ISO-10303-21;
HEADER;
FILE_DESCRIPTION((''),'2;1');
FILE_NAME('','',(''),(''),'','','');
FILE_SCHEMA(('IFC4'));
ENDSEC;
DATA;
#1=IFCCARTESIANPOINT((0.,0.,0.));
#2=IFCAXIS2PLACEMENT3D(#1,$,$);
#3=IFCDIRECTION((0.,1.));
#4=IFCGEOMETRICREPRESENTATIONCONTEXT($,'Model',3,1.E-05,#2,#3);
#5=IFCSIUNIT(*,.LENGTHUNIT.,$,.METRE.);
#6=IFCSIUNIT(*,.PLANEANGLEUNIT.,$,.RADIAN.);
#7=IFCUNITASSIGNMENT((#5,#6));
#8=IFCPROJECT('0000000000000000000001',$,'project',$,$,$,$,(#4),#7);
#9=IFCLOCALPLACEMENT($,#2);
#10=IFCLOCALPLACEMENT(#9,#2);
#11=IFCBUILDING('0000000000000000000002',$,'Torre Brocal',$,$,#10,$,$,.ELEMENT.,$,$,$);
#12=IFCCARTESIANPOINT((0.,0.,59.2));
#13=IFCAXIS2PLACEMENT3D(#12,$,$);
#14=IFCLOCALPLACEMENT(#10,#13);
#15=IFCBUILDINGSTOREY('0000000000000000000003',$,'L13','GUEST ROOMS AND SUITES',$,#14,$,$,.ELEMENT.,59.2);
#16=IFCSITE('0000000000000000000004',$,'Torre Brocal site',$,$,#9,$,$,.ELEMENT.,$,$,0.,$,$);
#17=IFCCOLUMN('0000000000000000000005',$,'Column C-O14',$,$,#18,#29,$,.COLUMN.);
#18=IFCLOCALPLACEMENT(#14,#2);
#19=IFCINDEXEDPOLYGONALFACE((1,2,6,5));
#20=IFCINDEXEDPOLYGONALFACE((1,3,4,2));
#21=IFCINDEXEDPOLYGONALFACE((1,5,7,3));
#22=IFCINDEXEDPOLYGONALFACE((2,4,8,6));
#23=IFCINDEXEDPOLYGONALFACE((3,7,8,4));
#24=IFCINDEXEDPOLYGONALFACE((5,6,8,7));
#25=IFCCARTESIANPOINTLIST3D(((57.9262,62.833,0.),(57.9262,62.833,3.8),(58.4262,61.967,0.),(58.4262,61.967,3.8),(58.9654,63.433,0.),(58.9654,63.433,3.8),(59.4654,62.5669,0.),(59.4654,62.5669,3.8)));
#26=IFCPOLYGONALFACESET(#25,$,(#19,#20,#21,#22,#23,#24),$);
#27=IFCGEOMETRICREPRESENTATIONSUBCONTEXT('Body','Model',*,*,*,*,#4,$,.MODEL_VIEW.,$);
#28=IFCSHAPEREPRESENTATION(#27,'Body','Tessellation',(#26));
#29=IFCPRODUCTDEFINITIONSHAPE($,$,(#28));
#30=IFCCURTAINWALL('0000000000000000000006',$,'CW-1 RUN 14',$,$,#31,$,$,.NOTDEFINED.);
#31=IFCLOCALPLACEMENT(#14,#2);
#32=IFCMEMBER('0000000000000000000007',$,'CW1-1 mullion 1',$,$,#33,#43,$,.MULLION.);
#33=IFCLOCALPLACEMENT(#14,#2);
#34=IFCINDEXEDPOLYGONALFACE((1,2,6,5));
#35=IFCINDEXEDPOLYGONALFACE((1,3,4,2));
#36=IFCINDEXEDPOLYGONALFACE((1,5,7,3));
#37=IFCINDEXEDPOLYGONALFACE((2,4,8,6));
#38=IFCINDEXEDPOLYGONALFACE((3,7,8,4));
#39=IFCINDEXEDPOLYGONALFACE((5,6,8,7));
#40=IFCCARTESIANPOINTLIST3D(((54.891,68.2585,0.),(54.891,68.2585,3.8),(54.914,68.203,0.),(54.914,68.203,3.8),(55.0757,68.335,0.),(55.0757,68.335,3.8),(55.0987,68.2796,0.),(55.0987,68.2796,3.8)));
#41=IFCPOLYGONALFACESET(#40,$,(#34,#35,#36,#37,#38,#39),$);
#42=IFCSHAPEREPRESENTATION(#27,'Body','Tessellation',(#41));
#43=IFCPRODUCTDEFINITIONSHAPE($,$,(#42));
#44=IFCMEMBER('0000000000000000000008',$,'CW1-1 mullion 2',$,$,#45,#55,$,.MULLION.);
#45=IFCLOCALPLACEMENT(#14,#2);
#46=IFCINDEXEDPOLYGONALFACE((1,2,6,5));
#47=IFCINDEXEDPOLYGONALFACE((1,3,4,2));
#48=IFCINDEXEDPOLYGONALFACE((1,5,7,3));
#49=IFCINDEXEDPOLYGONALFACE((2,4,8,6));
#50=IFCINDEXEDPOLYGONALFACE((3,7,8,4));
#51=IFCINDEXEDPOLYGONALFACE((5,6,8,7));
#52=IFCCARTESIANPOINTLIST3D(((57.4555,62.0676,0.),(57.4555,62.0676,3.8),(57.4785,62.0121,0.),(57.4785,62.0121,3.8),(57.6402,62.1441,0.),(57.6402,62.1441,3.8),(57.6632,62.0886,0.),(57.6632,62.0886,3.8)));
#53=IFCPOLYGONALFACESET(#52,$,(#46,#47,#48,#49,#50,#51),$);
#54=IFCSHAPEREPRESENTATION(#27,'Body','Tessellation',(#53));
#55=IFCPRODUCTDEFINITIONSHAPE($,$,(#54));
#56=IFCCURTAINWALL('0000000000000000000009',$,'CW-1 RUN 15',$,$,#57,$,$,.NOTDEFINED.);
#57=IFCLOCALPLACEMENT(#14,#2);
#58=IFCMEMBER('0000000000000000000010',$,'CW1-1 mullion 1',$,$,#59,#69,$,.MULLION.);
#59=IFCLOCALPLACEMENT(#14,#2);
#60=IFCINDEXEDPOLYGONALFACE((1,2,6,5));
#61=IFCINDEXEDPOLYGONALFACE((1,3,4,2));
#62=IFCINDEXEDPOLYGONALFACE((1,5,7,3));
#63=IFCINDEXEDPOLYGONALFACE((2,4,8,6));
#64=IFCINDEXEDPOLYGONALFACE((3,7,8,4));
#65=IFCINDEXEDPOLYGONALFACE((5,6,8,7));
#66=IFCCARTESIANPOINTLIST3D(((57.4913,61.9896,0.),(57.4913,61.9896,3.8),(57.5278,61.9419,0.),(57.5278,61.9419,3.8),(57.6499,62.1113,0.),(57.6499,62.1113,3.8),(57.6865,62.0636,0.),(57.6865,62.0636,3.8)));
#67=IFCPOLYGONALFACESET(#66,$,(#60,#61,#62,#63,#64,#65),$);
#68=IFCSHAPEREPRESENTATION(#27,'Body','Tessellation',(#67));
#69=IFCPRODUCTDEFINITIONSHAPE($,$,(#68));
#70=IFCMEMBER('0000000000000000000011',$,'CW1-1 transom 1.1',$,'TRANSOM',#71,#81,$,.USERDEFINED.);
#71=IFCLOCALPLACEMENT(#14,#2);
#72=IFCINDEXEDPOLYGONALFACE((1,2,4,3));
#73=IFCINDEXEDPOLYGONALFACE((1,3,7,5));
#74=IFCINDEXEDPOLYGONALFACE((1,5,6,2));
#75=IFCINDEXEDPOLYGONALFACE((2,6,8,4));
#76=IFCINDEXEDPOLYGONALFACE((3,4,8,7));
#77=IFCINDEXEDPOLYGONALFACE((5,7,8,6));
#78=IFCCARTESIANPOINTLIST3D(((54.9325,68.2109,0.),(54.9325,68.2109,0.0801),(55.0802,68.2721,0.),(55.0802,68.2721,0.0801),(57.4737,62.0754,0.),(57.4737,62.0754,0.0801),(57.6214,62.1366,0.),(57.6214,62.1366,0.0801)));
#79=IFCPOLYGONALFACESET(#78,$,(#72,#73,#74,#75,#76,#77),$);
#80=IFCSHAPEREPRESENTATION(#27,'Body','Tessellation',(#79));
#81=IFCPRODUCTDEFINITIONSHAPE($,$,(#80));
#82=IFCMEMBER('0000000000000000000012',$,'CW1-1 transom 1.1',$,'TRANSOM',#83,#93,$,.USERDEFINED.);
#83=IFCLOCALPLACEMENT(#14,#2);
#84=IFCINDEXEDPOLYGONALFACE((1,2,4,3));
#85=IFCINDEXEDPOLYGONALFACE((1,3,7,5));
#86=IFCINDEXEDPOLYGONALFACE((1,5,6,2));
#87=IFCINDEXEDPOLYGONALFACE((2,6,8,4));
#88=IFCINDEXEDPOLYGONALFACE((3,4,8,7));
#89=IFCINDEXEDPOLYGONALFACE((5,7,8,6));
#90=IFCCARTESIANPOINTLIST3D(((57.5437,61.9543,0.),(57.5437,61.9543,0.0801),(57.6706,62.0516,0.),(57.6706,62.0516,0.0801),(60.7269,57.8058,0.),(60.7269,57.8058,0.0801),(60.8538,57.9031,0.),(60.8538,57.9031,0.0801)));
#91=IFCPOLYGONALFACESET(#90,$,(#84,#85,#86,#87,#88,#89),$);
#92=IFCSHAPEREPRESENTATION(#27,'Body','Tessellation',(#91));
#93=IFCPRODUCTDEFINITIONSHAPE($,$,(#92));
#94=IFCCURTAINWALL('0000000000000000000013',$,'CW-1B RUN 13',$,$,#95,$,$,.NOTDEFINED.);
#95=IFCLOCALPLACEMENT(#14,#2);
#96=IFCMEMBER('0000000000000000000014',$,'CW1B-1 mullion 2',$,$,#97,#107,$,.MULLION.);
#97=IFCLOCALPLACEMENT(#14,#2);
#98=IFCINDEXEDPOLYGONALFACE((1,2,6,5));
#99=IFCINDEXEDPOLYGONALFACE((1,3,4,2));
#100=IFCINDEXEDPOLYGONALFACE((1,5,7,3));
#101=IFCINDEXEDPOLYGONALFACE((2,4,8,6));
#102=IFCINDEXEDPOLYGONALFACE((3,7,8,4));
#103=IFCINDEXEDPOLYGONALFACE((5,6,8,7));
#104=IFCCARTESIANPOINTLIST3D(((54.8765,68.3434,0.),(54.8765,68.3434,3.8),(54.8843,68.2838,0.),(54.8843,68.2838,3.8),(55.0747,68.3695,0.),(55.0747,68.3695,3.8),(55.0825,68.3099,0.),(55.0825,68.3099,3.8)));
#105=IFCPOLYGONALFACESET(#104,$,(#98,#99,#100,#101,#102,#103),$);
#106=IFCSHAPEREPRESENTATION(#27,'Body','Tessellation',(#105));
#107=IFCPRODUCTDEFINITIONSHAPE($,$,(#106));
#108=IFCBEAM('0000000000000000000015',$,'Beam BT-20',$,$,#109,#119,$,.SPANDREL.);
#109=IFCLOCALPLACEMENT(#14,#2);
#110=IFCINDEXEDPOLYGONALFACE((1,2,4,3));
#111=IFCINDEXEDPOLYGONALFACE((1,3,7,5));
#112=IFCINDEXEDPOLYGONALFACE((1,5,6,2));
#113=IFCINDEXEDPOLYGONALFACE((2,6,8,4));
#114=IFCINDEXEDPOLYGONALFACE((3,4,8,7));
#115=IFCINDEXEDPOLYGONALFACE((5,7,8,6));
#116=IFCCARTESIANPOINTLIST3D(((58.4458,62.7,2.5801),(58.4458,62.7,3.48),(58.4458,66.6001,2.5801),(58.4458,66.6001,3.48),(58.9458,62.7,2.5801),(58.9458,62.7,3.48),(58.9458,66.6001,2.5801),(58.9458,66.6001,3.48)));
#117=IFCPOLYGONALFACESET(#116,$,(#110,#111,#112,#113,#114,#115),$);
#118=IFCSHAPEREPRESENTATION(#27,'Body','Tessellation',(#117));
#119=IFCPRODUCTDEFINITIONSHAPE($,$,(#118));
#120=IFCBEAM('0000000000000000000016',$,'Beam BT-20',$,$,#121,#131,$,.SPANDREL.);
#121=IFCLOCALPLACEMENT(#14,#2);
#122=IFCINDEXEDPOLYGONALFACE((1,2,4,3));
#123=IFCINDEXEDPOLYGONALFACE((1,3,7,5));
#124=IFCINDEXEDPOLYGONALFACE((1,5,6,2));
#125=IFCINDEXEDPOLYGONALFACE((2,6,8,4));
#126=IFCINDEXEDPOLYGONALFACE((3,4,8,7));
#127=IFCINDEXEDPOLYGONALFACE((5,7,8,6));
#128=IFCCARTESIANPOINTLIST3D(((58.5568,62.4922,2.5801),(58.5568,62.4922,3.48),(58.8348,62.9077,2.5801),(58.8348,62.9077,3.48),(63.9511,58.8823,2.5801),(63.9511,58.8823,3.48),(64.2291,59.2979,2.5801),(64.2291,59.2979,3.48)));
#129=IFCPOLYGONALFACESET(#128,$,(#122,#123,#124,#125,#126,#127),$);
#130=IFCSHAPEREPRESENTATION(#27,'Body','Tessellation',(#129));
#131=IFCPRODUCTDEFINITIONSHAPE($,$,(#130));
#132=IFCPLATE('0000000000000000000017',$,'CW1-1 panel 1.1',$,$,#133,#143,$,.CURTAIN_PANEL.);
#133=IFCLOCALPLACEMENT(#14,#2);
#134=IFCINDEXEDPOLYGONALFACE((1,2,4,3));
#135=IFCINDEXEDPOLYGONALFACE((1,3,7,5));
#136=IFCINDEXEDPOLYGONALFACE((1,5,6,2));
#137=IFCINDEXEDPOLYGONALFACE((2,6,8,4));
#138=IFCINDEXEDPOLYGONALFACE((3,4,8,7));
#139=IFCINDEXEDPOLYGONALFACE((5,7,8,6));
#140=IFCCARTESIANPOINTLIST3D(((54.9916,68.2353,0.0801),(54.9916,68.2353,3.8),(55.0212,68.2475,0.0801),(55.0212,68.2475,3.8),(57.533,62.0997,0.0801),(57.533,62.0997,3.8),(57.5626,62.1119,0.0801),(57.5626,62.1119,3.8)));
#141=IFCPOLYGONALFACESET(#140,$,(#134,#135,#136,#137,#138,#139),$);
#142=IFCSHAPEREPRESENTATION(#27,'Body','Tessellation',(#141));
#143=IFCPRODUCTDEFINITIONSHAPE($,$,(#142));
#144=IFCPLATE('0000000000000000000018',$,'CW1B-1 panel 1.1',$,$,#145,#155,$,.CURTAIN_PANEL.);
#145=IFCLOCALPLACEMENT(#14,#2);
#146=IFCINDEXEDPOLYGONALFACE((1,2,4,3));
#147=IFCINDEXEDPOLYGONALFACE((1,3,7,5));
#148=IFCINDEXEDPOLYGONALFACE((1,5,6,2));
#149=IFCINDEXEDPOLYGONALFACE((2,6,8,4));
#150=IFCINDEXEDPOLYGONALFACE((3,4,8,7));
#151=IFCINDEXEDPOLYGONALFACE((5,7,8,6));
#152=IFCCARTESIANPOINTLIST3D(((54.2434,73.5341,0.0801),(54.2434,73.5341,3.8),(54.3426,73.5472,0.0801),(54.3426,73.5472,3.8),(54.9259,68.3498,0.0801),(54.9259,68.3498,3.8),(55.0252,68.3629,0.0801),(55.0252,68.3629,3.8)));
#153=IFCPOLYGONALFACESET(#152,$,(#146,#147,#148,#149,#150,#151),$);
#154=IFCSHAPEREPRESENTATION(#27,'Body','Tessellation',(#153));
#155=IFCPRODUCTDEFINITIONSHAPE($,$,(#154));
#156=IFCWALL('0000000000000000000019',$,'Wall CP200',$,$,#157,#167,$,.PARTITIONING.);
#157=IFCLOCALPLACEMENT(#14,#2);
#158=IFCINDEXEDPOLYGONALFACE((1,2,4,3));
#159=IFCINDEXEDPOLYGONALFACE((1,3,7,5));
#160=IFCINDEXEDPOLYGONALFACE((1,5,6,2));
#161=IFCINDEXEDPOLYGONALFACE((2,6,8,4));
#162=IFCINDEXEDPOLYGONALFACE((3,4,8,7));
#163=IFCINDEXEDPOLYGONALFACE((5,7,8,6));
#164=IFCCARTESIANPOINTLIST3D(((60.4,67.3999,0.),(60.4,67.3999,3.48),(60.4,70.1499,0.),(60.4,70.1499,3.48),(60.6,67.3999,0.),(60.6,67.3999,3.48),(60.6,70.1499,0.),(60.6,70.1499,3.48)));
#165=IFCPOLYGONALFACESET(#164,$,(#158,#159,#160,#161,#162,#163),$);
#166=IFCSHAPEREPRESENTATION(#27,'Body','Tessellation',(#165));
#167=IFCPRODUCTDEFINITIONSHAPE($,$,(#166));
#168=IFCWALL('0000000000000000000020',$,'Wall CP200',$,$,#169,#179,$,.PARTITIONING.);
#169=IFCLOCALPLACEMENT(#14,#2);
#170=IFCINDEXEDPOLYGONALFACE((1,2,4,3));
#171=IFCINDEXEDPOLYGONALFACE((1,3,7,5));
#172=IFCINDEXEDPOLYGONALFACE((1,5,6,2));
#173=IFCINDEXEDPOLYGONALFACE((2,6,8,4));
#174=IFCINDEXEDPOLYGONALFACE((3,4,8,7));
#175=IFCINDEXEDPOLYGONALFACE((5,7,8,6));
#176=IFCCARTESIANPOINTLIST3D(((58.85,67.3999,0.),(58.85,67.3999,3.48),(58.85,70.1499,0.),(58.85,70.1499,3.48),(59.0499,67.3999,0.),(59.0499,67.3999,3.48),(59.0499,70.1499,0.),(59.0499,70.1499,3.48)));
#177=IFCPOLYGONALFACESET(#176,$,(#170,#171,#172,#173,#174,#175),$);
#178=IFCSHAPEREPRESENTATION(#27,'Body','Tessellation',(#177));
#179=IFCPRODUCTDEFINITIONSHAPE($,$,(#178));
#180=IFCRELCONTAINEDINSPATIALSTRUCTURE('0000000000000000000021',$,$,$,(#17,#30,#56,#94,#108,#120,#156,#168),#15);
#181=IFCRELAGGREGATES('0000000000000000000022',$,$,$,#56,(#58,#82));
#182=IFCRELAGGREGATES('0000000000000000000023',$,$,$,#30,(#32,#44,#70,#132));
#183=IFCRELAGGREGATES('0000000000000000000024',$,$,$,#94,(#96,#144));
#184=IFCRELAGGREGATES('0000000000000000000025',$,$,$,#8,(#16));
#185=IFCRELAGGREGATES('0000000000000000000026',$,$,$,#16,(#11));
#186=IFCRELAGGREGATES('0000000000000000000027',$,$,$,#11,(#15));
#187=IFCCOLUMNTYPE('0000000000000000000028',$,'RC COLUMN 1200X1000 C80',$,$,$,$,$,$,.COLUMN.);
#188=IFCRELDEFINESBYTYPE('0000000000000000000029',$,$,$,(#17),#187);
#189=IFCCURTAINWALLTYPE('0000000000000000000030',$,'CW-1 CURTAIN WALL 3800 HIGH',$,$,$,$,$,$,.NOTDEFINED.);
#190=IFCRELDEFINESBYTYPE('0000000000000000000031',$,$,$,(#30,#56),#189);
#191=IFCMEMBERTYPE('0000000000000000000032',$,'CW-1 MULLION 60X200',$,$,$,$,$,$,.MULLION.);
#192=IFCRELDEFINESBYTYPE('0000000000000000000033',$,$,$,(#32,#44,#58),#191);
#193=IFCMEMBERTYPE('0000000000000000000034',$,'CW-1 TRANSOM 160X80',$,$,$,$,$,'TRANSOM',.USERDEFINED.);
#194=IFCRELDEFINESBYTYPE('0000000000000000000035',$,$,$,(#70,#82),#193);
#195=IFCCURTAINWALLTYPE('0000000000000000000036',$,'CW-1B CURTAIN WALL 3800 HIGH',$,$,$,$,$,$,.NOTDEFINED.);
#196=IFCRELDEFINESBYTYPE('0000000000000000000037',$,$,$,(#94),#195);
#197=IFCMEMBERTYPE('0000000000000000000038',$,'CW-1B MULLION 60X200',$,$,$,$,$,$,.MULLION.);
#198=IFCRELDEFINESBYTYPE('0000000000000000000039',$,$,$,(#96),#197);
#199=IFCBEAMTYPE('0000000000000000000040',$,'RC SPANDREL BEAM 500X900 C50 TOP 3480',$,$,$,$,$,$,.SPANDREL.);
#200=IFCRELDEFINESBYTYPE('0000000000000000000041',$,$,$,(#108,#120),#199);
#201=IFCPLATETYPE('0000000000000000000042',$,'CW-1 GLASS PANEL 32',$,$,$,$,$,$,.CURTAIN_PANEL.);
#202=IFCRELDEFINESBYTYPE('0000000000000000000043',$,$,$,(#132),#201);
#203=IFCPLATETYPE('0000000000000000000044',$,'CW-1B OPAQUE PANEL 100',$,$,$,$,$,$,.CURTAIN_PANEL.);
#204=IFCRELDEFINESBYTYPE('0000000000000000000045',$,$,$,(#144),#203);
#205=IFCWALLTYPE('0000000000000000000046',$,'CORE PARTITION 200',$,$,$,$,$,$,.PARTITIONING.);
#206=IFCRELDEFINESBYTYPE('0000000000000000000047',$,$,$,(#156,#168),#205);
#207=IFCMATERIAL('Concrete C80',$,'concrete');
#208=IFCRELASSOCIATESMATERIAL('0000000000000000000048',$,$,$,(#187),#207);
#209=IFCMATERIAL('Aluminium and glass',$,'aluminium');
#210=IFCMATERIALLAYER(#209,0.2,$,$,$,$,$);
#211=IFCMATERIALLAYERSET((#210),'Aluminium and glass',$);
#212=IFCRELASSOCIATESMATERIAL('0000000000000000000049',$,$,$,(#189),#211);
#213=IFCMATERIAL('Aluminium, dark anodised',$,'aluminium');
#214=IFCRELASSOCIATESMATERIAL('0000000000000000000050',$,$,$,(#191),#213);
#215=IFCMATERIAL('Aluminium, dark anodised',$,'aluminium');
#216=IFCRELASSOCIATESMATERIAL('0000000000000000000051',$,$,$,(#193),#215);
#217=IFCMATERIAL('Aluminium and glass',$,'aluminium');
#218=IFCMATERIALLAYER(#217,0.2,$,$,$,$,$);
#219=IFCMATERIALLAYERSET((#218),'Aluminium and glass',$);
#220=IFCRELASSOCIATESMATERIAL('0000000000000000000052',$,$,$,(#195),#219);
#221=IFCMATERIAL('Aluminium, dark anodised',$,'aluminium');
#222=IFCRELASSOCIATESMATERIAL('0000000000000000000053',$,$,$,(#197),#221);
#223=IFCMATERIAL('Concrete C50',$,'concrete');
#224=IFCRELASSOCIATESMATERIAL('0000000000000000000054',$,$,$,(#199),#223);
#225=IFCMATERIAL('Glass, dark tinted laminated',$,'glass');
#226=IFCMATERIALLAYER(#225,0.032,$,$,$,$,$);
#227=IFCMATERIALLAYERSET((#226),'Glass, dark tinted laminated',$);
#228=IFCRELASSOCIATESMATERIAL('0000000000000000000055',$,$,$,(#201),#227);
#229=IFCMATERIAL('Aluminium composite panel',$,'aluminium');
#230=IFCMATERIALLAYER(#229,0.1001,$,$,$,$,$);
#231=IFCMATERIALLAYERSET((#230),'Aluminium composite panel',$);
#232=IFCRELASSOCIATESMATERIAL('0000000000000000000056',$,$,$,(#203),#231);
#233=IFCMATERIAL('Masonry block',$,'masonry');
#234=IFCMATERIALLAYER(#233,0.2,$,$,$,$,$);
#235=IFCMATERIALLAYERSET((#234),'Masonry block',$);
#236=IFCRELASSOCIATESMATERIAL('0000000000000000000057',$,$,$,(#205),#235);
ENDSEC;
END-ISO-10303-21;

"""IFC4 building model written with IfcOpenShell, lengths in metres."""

from ifc_helpers import new_model, si_unit, direction, frame, frame_2d, origin, origin_2d, place, context, subcontext, project, spatial, rectangle, extrude, material, layer, layer_set, material_profile, profile_set, type_object, element, aggregate, save


model = new_model("IFC4")

# Units and contexts
model_context = context("Model", 3, precision=1e-05, world=origin(), true_north=direction((0.0, 1.0)))
body_context = subcontext(model_context, "Body", "Model", "MODEL_VIEW")
ifc_project = project(units=[si_unit("LENGTHUNIT", "METRE"), si_unit("PLANEANGLEUNIT", "RADIAN")], contexts=[model_context])

# Site, building, storey
site_placement = place(None, origin())
site = spatial("IfcSite", under=ifc_project, at=site_placement, Name="Torre Brocal site", CompositionType="ELEMENT", RefElevation=0.0)
building_placement = place(site_placement, origin())
building = spatial("IfcBuilding", under=site, at=building_placement, Name="Torre Brocal", CompositionType="ELEMENT")
storey_placement = place(building_placement, frame((0.0, 0.0, 59.2)))
storey = spatial("IfcBuildingStorey", under=building, at=storey_placement, Name="L13", Description="GUEST ROOMS AND SUITES", CompositionType="ELEMENT", Elevation=59.2)

# Column
ifc_material_1 = material(Name="Concrete C80", Category="concrete")
ifc_material_profile_1 = material_profile(ifc_material_1, rectangle(XDim=1.2, YDim=1.0, at=origin_2d()), Name="RC 1200X1000")
ifc_profile_set_1 = profile_set([ifc_material_profile_1], Name="Concrete C80")
column_type = type_object("IfcColumnType", Name="RC COLUMN 1200X1000 C80", PredefinedType="COLUMN", material=ifc_profile_set_1)
column_placement = place(storey_placement, frame((58.6958, 62.7, 0.0), z_axis=(0.0, 0.0, 1.0), x_axis=(-0.866025, -0.5, 0.0)))
element("IfcColumn", 1, at=column_placement, inside=storey, type_object=column_type, Name="Column C-O14", PredefinedType="COLUMN", context=body_context, shape_type="SweptSolid", body=[
    extrude(rectangle(XDim=1.2, YDim=1.0, at=origin_2d()), origin(), (0.0, 0.0, 1.0), 3.8),
])

# Curtain wall, members
ifc_material_2 = material(Name="Aluminium and glass", Category="aluminium")
ifc_layer_1 = layer(ifc_material_2, 0.2)
ifc_layer_set_1 = layer_set([ifc_layer_1], Name="Aluminium and glass")
curtain_wall_type_1 = type_object("IfcCurtainWallType", Name="CW-1 CURTAIN WALL 3800 HIGH", PredefinedType="NOTDEFINED", material=ifc_layer_set_1)
curtain_wall_1_placement = place(storey_placement, origin())
curtain_wall_1 = element("IfcCurtainWall", 2, at=curtain_wall_1_placement, inside=storey, type_object=curtain_wall_type_1, Name="CW-1 RUN 14", PredefinedType="NOTDEFINED")
ifc_material_3 = material(Name="Aluminium, dark anodised", Category="aluminium")
ifc_material_profile_2 = material_profile(ifc_material_3, rectangle(XDim=0.2, YDim=0.0601, at=origin_2d()), Name="CW-1 MULLION 60X200")
ifc_profile_set_2 = profile_set([ifc_material_profile_2], Name="Aluminium, dark anodised")
member_type_1 = type_object("IfcMemberType", Name="CW-1 MULLION 60X200", PredefinedType="MULLION", material=ifc_profile_set_2)
member_1_placement = place(storey_placement, frame((54.9949, 68.269, 0.0), z_axis=(0.0, 0.0, 1.0), x_axis=(0.92388, 0.382683, 0.0)))
member_1 = element("IfcMember", 3, at=member_1_placement, type_object=member_type_1, Name="CW1-1 mullion 1", PredefinedType="MULLION", context=body_context, shape_type="SweptSolid", body=[
    extrude(rectangle(XDim=0.2, YDim=0.0601, at=origin_2d()), origin(), (0.0, 0.0, 1.0), 3.8),
])
member_2_placement = place(storey_placement, frame((57.5593, 62.0781, 0.0), z_axis=(0.0, 0.0, 1.0), x_axis=(0.92388, 0.382683, 0.0)))
member_2 = element("IfcMember", 4, at=member_2_placement, type_object=member_type_1, Name="CW1-1 mullion 2", PredefinedType="MULLION", context=body_context, shape_type="SweptSolid", body=[
    extrude(rectangle(XDim=0.2, YDim=0.0601, at=origin_2d()), origin(), (0.0, 0.0, 1.0), 3.8),
])

# Curtain wall, member
curtain_wall_2_placement = place(storey_placement, origin())
curtain_wall_2 = element("IfcCurtainWall", 5, at=curtain_wall_2_placement, inside=storey, type_object=curtain_wall_type_1, Name="CW-1 RUN 15", PredefinedType="NOTDEFINED")
member_3_placement = place(storey_placement, frame((57.5889, 62.0266, 0.0), z_axis=(0.0, 0.0, 1.0), x_axis=(0.793353, 0.608761, 0.0)))
member_3 = element("IfcMember", 6, at=member_3_placement, type_object=member_type_1, Name="CW1-1 mullion 1", PredefinedType="MULLION", context=body_context, shape_type="SweptSolid", body=[
    extrude(rectangle(XDim=0.2, YDim=0.0601, at=origin_2d()), origin(), (0.0, 0.0, 1.0), 3.8),
])

# Members
ifc_material_4 = material(Name="Aluminium, dark anodised", Category="aluminium")
ifc_material_profile_3 = material_profile(ifc_material_4, rectangle(XDim=0.1599, YDim=0.0801, at=origin_2d()), Name="CW-1 TRANSOM 160X80")
ifc_profile_set_3 = profile_set([ifc_material_profile_3], Name="Aluminium, dark anodised")
member_type_2 = type_object("IfcMemberType", Name="CW-1 TRANSOM 160X80", ElementType="TRANSOM", PredefinedType="USERDEFINED", material=ifc_profile_set_3)
member_4_placement = place(storey_placement, frame((55.0063, 68.2415, 0.04), z_axis=(0.382665, -0.923887, 0.0), x_axis=(0.923887, 0.382665, 0.0)))
member_4 = element("IfcMember", 7, at=member_4_placement, type_object=member_type_2, Name="CW1-1 transom 1.1", ObjectType="TRANSOM", PredefinedType="USERDEFINED", context=body_context, shape_type="SweptSolid", body=[
    extrude(rectangle(XDim=0.1599, YDim=0.0801, at=origin_2d()), origin(), (0.0, 0.0, 1.0), 6.6409),
])
member_5_placement = place(storey_placement, frame((57.6072, 62.0029, 0.04), z_axis=(0.608749, -0.793363, 0.0), x_axis=(0.793363, 0.608749, 0.0)))
member_5 = element("IfcMember", 8, at=member_5_placement, type_object=member_type_2, Name="CW1-1 transom 1.1", ObjectType="TRANSOM", PredefinedType="USERDEFINED", context=body_context, shape_type="SweptSolid", body=[
    extrude(rectangle(XDim=0.1599, YDim=0.0801, at=origin_2d()), origin(), (0.0, 0.0, 1.0), 5.229),
])
aggregate(curtain_wall_2, [member_3, member_5])

# Curtain wall, member
ifc_material_5 = material(Name="Aluminium and glass", Category="aluminium")
ifc_layer_2 = layer(ifc_material_5, 0.2)
ifc_layer_set_2 = layer_set([ifc_layer_2], Name="Aluminium and glass")
curtain_wall_type_2 = type_object("IfcCurtainWallType", Name="CW-1B CURTAIN WALL 3800 HIGH", PredefinedType="NOTDEFINED", material=ifc_layer_set_2)
curtain_wall_3_placement = place(storey_placement, origin())
curtain_wall_3 = element("IfcCurtainWall", 9, at=curtain_wall_3_placement, inside=storey, type_object=curtain_wall_type_2, Name="CW-1B RUN 13", PredefinedType="NOTDEFINED")
ifc_material_6 = material(Name="Aluminium, dark anodised", Category="aluminium")
ifc_material_profile_4 = material_profile(ifc_material_6, rectangle(XDim=0.2, YDim=0.0601, at=origin_2d()), Name="CW-1B MULLION 60X200")
ifc_profile_set_4 = profile_set([ifc_material_profile_4], Name="Aluminium, dark anodised")
member_type_3 = type_object("IfcMemberType", Name="CW-1B MULLION 60X200", PredefinedType="MULLION", material=ifc_profile_set_4)
member_6_placement = place(storey_placement, frame((54.9795, 68.3267, 0.0), z_axis=(0.0, 0.0, 1.0), x_axis=(0.991445, 0.130526, 0.0)))
member_6 = element("IfcMember", 10, at=member_6_placement, type_object=member_type_3, Name="CW1B-1 mullion 2", PredefinedType="MULLION", context=body_context, shape_type="SweptSolid", body=[
    extrude(rectangle(XDim=0.2, YDim=0.0601, at=origin_2d()), origin(), (0.0, 0.0, 1.0), 3.8),
])

# Beams
ifc_material_7 = material(Name="Concrete C50", Category="concrete")
ifc_material_profile_5 = material_profile(ifc_material_7, rectangle(XDim=0.5, YDim=0.8999, at=origin_2d()), Name="RC 500X900")
ifc_profile_set_5 = profile_set([ifc_material_profile_5], Name="Concrete C50")
beam_type = type_object("IfcBeamType", Name="RC SPANDREL BEAM 500X900 C50 TOP 3480", PredefinedType="SPANDREL", material=ifc_profile_set_5)
beam_1_placement = place(storey_placement, frame((58.6958, 62.7, 3.03), z_axis=(0.0, 1.0, 0.0), x_axis=(-1.0, 0.0, 0.0)))
element("IfcBeam", 11, at=beam_1_placement, inside=storey, type_object=beam_type, Name="Beam BT-20", PredefinedType="SPANDREL", context=body_context, shape_type="SweptSolid", body=[
    extrude(rectangle(XDim=0.5, YDim=0.8999, at=origin_2d()), origin(), (0.0, 0.0, 1.0), 3.9001),
])
beam_2_placement = place(storey_placement, frame((58.6958, 62.7, 3.03), z_axis=(0.831077, -0.556158, 0.0), x_axis=(0.556158, 0.831077, 0.0)))
element("IfcBeam", 12, at=beam_2_placement, inside=storey, type_object=beam_type, Name="Beam BT-20", PredefinedType="SPANDREL", context=body_context, shape_type="SweptSolid", body=[
    extrude(rectangle(XDim=0.5, YDim=0.8999, at=origin_2d()), origin(), (0.0, 0.0, 1.0), 6.4907),
])

# Plates
ifc_material_8 = material(Name="Glass, dark tinted laminated", Category="glass")
ifc_layer_3 = layer(ifc_material_8, 0.032)
ifc_layer_set_3 = layer_set([ifc_layer_3], Name="Glass, dark tinted laminated")
plate_type_1 = type_object("IfcPlateType", Name="CW-1 GLASS PANEL 32", PredefinedType="CURTAIN_PANEL", material=ifc_layer_set_3)
plate_1_placement = place(storey_placement, frame((56.2771, 65.1736, 0.0801), z_axis=(0.0, 0.0, 1.0), x_axis=(0.382683, -0.92388, 0.0)))
plate_1 = element("IfcPlate", 13, at=plate_1_placement, type_object=plate_type_1, Name="CW1-1 panel 1.1", PredefinedType="CURTAIN_PANEL", context=body_context, shape_type="SweptSolid", body=[
    extrude(rectangle(XDim=6.6411, YDim=0.032, at=origin_2d()), origin(), (0.0, 0.0, 1.0), 3.72),
])
aggregate(curtain_wall_1, [member_1, member_2, member_4, plate_1])
ifc_material_9 = material(Name="Aluminium composite panel", Category="aluminium")
ifc_layer_4 = layer(ifc_material_9, 0.1001)
ifc_layer_set_4 = layer_set([ifc_layer_4], Name="Aluminium composite panel")
plate_type_2 = type_object("IfcPlateType", Name="CW-1B OPAQUE PANEL 100", PredefinedType="CURTAIN_PANEL", material=ifc_layer_set_4)
plate_2_placement = place(storey_placement, frame((54.6343, 70.9485, 0.0801), z_axis=(0.0, 0.0, 1.0), x_axis=(0.130526, -0.991445, 0.0)))
plate_2 = element("IfcPlate", 14, at=plate_2_placement, type_object=plate_type_2, Name="CW1B-1 panel 1.1", PredefinedType="CURTAIN_PANEL", context=body_context, shape_type="SweptSolid", body=[
    extrude(rectangle(XDim=5.229, YDim=0.1001, at=origin_2d()), origin(), (0.0, 0.0, 1.0), 3.72),
])
aggregate(curtain_wall_3, [member_6, plate_2])

# Walls
ifc_material_10 = material(Name="Masonry block", Category="masonry")
ifc_layer_5 = layer(ifc_material_10, 0.2)
ifc_layer_set_5 = layer_set([ifc_layer_5], Name="Masonry block")
wall_type_1 = type_object("IfcWallType", Name="CORE PARTITION 200", PredefinedType="PARTITIONING", material=ifc_layer_set_5)
for number, where, z_axis, x_axis, name in (
    (15, (60.5, 70.1499, 0.0), (0.0, 0.0, 1.0), (0.0, -1.0, 0.0), "Wall CP200"),
    (16, (58.95, 70.1499, 0.0), (0.0, 0.0, 1.0), (0.0, -1.0, 0.0), "Wall CP200"),
):
    element("IfcWall", number, at=place(storey_placement, frame(where, z_axis=z_axis, x_axis=x_axis)), inside=storey, type_object=wall_type_1, Name=name, PredefinedType="PARTITIONING", context=body_context, shape_type="SweptSolid", body=[
        extrude(rectangle(XDim=2.75, YDim=0.2, at=frame_2d((1.375, 0.0))), origin(), (0.0, 0.0, 1.0), 3.48),
    ])

save(model, "model.ifc")
